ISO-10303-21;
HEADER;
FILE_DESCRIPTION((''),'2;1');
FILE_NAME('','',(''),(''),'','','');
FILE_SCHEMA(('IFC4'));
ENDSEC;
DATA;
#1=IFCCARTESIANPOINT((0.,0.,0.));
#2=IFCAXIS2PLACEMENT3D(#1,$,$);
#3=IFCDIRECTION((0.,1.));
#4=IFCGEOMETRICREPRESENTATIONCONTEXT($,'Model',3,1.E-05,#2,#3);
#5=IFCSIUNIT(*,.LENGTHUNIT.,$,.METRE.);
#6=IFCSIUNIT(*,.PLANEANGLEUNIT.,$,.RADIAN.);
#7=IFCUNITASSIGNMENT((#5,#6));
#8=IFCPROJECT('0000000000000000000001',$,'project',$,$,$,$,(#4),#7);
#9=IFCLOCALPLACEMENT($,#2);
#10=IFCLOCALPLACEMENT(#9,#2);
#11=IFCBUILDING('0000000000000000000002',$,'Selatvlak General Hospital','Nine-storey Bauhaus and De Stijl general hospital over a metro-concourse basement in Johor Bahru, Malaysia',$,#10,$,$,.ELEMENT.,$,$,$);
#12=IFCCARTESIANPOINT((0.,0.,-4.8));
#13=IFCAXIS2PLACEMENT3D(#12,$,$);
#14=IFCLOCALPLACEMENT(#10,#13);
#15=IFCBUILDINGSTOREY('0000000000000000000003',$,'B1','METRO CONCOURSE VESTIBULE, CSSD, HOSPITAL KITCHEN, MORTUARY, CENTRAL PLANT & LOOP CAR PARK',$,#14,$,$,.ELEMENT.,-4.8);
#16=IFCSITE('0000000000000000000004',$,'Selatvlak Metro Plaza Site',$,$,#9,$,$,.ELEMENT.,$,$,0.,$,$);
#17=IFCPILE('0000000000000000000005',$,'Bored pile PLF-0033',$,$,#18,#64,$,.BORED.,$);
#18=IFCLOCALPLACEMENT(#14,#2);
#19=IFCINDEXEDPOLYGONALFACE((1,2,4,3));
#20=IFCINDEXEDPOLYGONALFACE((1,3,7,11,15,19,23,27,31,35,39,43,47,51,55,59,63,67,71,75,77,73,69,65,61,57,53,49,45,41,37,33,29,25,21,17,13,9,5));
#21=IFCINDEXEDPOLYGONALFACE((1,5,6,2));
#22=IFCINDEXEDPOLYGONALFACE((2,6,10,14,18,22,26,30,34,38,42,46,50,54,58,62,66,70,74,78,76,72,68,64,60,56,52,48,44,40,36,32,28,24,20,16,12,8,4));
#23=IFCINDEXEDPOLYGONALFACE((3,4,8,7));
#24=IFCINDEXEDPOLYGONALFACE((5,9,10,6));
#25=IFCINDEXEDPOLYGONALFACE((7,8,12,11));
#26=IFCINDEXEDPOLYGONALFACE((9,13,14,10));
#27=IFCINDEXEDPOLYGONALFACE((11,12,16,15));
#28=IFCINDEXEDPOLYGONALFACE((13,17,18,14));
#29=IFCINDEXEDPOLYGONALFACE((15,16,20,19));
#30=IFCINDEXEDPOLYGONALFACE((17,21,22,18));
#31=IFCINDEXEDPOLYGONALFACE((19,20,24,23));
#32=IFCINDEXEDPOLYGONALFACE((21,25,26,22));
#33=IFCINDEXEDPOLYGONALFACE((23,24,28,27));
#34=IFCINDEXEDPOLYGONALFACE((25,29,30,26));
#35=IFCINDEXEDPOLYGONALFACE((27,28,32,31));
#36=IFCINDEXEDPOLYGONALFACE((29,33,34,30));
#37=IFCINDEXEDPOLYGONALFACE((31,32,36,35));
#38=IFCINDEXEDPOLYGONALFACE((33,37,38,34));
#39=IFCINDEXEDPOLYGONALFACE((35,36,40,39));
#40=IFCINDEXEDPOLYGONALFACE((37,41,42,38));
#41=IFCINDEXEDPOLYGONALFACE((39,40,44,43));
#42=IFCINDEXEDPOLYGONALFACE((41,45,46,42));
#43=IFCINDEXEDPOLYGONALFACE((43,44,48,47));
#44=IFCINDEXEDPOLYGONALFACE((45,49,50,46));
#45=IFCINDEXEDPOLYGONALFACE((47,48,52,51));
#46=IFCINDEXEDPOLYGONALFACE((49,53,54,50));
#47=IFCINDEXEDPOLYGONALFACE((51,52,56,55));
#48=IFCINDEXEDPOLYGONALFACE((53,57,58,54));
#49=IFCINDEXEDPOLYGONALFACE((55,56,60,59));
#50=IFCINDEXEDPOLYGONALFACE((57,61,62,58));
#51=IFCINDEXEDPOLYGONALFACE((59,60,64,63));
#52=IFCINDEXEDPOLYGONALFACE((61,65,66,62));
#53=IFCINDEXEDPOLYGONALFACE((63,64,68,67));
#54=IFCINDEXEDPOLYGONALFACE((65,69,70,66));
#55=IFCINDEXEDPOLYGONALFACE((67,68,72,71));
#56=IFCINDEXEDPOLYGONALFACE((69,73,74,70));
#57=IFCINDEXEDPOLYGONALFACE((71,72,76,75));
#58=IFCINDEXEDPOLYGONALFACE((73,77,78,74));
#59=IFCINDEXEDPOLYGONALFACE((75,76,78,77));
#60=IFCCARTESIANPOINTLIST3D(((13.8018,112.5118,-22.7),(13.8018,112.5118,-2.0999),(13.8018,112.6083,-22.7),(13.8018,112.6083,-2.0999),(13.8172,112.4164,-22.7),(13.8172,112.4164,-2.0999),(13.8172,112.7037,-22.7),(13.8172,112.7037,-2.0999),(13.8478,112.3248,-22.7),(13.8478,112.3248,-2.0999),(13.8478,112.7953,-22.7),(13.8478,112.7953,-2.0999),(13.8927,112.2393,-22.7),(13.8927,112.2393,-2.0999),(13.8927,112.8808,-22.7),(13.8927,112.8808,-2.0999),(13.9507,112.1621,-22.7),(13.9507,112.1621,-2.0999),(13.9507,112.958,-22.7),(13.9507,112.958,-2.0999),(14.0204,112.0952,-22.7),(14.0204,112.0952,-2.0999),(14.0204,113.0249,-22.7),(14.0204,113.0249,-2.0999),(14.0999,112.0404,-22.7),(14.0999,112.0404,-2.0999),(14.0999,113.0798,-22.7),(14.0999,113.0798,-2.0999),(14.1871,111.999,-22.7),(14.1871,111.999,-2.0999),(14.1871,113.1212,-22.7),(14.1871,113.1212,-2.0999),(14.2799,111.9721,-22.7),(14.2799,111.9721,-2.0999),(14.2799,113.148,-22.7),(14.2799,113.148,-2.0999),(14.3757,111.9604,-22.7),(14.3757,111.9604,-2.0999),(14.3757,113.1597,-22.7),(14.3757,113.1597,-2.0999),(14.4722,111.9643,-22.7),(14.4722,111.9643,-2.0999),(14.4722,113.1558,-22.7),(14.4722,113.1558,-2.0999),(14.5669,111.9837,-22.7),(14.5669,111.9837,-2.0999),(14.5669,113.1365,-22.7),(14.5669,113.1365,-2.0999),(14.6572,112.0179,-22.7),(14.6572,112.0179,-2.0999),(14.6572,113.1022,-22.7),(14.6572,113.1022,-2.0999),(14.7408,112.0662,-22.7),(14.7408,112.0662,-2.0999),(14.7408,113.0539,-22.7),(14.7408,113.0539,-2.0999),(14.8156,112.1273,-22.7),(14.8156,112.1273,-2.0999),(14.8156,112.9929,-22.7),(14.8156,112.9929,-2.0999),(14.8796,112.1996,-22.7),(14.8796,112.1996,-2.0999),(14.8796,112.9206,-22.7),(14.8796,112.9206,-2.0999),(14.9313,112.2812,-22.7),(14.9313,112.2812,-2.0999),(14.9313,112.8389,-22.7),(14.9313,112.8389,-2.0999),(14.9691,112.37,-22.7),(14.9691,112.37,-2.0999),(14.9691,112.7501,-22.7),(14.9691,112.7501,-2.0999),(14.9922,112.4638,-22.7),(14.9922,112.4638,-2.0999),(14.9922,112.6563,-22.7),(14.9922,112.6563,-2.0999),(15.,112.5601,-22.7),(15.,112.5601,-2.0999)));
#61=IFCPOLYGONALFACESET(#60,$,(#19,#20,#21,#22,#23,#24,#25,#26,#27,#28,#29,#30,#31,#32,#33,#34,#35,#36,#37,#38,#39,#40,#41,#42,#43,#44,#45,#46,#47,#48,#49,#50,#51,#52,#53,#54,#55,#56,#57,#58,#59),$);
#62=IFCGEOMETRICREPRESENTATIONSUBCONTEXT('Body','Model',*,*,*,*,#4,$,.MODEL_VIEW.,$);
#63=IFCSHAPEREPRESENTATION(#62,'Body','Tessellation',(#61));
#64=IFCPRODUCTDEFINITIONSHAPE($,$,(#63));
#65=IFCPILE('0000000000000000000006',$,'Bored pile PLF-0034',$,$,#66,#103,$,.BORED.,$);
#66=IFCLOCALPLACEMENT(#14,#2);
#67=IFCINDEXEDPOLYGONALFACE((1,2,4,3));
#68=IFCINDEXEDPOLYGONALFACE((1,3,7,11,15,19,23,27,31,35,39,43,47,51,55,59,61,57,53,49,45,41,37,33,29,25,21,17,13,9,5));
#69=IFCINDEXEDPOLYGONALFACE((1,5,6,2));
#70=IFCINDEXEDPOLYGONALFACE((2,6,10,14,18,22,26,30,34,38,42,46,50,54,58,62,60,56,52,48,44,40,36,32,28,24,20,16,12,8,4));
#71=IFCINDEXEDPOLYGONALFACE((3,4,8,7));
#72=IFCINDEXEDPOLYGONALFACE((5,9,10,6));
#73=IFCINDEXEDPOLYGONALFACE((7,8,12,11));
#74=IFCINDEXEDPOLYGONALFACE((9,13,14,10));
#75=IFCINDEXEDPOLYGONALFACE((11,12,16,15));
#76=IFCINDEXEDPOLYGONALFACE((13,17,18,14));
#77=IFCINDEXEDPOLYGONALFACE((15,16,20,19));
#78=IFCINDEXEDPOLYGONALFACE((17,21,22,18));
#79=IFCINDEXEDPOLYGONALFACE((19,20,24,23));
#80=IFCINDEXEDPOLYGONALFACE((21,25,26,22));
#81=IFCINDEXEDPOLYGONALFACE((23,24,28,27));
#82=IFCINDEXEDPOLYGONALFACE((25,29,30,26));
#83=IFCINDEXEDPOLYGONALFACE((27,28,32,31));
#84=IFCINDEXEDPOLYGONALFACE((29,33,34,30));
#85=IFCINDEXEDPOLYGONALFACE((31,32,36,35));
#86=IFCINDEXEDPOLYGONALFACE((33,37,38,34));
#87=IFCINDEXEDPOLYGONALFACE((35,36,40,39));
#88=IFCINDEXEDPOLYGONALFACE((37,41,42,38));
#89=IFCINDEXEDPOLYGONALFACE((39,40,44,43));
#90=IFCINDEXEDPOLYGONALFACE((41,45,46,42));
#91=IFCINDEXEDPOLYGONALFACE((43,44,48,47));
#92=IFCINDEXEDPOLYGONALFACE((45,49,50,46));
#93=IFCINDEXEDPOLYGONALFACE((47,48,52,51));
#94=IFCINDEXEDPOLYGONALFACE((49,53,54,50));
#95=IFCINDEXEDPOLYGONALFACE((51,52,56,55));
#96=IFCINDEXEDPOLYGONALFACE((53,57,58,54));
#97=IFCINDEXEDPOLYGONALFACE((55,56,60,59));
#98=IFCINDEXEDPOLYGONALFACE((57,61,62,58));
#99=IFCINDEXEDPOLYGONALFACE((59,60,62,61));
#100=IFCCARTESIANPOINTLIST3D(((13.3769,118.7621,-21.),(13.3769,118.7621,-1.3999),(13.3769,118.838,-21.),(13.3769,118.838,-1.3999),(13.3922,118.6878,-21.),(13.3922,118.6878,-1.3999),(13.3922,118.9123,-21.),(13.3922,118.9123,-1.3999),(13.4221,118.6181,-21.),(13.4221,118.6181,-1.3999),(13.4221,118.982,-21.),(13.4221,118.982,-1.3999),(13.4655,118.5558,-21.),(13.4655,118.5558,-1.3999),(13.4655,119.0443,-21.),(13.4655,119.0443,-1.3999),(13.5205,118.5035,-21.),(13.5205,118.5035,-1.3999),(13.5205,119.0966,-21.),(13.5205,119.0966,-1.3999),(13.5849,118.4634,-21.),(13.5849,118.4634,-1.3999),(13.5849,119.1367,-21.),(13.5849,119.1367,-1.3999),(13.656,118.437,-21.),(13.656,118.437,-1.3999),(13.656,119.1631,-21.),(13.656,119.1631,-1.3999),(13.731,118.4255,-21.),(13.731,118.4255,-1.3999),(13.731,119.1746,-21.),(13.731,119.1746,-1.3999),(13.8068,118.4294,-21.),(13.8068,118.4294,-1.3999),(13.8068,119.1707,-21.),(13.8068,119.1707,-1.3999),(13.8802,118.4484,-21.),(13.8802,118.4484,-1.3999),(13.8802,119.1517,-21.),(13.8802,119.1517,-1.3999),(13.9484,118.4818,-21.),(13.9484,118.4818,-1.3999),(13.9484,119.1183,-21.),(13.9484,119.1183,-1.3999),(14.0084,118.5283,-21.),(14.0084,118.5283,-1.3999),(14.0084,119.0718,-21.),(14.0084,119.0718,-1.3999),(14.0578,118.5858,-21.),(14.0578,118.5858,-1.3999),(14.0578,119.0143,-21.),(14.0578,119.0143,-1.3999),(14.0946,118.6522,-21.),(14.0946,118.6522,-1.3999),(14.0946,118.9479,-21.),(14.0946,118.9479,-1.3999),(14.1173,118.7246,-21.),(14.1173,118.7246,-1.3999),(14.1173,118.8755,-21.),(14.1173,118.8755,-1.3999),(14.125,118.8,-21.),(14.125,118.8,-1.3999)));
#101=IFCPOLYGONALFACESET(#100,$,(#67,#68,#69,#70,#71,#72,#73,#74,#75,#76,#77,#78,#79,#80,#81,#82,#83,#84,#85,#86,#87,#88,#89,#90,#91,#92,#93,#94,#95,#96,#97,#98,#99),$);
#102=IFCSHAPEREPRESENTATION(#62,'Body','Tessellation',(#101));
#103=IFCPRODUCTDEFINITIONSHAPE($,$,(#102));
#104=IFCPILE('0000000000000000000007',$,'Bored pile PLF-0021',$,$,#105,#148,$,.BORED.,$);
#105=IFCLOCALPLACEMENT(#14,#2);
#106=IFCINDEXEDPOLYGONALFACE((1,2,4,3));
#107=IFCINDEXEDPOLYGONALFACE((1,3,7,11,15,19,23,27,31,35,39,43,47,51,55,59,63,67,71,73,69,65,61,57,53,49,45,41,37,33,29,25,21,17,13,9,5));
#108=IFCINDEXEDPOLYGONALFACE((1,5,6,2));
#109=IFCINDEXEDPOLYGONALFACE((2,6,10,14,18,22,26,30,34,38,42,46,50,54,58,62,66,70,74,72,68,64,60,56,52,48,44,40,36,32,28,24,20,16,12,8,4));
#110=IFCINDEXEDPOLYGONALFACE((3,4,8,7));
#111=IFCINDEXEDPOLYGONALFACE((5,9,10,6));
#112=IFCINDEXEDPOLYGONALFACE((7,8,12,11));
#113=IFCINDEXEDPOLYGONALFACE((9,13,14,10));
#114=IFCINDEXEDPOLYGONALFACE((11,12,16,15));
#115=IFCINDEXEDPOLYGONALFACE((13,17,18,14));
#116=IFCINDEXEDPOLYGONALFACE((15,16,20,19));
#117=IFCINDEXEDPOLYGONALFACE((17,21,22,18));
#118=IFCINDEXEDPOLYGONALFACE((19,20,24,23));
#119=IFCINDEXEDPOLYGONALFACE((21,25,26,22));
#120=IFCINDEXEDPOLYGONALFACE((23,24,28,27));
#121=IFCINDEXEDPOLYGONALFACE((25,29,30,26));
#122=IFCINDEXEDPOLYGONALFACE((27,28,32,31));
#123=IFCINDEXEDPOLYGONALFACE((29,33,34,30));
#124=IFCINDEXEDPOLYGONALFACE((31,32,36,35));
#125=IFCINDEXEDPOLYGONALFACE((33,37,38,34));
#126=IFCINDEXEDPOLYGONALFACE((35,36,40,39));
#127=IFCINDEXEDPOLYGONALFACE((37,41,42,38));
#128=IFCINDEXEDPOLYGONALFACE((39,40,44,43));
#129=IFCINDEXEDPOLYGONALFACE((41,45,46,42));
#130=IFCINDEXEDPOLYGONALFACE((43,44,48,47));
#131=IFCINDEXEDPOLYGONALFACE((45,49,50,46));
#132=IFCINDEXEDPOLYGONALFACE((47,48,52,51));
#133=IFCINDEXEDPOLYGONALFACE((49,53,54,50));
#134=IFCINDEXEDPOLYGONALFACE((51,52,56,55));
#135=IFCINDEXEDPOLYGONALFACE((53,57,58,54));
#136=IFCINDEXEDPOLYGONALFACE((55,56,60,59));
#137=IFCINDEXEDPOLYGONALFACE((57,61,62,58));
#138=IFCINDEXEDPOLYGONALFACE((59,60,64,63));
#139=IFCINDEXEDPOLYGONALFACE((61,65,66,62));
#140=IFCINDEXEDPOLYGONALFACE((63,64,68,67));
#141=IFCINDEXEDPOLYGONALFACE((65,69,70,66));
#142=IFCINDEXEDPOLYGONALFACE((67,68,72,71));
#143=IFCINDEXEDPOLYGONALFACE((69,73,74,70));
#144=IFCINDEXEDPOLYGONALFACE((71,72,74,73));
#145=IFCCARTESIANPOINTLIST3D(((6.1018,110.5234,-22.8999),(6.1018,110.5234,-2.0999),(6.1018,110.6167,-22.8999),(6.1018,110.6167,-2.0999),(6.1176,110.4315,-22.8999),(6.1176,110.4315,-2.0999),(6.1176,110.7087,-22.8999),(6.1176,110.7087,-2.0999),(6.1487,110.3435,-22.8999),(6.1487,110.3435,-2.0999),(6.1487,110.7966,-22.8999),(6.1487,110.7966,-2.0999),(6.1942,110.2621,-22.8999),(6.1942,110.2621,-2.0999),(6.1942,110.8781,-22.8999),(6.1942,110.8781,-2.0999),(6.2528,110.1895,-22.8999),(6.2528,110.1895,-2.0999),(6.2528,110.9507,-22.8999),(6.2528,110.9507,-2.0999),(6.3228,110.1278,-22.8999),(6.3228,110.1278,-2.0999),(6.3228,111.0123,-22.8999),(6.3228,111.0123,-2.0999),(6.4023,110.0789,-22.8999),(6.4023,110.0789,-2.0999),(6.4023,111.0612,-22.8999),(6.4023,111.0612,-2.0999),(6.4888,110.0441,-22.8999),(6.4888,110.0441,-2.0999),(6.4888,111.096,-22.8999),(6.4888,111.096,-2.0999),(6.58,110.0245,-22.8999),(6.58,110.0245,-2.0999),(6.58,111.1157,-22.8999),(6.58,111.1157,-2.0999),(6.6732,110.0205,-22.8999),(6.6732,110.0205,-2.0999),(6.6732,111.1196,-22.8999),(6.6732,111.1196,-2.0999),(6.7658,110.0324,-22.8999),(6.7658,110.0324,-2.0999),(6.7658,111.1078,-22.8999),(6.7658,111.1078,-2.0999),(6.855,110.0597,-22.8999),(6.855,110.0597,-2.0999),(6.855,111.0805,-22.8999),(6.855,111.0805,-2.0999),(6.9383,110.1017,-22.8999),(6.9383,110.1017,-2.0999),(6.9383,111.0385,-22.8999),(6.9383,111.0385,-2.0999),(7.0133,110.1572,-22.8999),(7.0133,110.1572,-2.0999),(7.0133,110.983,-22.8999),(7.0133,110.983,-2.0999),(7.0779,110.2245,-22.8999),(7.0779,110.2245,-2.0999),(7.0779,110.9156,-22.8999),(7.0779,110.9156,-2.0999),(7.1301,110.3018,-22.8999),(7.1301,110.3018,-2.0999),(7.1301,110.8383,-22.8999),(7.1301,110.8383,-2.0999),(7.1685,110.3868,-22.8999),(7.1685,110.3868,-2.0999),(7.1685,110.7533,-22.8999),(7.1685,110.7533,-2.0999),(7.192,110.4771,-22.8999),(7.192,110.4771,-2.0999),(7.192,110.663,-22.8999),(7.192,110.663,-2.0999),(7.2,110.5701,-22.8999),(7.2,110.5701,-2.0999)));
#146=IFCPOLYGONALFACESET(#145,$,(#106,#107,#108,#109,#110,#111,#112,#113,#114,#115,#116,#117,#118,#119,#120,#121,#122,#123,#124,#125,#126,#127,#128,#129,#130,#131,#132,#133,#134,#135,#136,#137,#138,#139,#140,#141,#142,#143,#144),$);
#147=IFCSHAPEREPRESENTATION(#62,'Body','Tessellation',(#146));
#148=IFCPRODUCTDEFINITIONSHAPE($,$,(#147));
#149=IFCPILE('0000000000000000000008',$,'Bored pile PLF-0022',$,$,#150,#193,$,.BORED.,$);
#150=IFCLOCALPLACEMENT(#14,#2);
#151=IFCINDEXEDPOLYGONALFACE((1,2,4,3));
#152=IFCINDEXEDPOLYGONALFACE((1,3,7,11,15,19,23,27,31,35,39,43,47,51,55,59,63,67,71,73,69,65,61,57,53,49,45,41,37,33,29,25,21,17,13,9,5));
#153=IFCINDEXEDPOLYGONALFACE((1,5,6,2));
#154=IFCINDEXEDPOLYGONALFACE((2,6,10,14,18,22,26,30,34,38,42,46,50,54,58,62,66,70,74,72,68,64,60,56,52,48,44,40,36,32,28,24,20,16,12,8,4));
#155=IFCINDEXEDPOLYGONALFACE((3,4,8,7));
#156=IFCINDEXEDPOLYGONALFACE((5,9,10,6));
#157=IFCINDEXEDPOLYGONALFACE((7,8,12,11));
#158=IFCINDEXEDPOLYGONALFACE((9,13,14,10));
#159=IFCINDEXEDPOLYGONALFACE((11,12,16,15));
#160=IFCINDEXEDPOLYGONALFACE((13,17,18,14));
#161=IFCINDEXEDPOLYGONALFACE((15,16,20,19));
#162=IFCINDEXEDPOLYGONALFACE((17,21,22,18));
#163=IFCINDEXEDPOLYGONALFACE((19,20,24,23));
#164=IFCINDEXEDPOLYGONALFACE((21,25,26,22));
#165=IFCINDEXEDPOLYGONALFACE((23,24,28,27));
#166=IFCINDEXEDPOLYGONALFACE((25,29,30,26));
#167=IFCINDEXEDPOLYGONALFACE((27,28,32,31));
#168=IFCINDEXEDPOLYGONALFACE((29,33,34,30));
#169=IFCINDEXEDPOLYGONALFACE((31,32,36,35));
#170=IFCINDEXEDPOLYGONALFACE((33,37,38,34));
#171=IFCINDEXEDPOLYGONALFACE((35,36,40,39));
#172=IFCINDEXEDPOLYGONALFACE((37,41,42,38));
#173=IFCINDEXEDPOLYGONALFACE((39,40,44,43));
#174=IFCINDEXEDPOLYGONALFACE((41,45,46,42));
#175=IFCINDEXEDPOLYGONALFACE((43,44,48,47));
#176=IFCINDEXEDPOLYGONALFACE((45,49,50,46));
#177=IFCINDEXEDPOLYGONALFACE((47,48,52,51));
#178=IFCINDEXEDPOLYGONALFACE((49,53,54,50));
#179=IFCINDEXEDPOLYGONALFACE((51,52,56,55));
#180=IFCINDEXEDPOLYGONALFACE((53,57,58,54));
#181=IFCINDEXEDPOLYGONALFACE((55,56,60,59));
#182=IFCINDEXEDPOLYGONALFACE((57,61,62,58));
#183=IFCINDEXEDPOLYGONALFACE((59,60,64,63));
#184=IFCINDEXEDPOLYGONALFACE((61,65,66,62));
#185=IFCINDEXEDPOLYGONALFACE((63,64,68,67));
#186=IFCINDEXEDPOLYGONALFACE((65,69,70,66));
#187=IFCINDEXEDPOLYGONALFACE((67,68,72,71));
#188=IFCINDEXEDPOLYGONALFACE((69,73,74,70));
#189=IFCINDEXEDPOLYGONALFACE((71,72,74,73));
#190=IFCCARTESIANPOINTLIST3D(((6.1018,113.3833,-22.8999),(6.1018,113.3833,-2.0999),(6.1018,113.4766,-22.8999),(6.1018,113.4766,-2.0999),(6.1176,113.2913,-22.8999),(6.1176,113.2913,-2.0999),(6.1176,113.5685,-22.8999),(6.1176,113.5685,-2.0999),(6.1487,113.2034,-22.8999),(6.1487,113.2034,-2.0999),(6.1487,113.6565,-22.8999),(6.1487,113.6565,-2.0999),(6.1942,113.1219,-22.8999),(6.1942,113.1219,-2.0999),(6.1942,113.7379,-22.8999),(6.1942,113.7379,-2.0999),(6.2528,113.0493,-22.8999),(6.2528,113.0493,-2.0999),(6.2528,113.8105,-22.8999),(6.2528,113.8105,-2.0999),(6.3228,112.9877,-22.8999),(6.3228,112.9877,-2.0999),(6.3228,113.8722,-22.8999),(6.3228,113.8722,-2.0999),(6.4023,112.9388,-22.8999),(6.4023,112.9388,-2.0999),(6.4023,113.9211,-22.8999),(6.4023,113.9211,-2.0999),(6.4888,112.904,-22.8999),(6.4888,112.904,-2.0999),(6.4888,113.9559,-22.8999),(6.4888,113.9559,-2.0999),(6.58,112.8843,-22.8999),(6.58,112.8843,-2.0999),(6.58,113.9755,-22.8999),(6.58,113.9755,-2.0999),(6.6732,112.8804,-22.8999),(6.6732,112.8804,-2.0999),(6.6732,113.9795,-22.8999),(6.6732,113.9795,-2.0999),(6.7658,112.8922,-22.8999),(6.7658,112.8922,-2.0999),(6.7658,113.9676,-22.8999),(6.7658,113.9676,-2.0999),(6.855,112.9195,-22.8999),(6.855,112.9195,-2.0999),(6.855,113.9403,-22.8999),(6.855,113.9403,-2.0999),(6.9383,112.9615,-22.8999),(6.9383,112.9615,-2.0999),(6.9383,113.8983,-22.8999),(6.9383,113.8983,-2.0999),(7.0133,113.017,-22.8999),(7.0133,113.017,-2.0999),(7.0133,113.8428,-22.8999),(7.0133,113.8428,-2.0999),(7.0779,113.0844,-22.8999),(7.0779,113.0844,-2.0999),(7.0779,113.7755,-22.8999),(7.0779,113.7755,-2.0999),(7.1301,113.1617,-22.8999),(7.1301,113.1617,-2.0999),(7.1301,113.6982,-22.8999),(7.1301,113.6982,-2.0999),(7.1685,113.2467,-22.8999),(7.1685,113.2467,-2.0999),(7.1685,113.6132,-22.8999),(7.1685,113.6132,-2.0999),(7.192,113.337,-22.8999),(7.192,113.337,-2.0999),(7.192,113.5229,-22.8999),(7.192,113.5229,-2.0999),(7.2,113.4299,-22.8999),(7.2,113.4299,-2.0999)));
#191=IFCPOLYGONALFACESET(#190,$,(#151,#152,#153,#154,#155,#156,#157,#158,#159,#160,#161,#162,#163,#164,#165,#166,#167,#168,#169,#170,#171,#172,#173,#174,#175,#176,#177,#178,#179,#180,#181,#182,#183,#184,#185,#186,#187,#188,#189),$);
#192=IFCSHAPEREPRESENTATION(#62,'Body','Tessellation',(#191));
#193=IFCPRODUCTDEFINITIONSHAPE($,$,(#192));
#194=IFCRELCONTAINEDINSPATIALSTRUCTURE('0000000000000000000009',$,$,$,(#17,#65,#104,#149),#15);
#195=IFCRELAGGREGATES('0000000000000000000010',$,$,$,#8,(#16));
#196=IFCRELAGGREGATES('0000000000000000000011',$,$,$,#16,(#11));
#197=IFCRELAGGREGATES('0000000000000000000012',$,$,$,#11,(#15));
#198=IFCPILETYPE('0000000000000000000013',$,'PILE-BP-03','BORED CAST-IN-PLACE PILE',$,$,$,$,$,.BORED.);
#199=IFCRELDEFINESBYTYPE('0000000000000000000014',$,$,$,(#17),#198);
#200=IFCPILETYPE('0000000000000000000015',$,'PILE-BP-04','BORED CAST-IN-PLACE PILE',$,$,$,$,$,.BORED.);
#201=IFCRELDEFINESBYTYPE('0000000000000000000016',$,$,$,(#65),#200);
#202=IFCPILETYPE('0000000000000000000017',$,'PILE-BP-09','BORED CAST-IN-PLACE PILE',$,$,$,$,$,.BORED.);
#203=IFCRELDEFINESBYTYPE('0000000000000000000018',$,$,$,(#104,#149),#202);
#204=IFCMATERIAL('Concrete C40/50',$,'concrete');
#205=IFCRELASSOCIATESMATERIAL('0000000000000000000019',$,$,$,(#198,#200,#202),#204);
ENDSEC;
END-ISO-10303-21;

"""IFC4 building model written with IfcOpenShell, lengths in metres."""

from ifc_helpers import new_model, si_unit, direction, frame, origin, origin_2d, place, context, subcontext, project, spatial, circle, extrude, material, material_profile, profile_set, type_object, element, save


model = new_model("IFC4")

# Units and contexts
model_context = context("Model", 3, precision=1e-05, world=origin(), true_north=direction((0.0, 1.0)))
body_context = subcontext(model_context, "Body", "Model", "MODEL_VIEW")
ifc_project = project(units=[si_unit("LENGTHUNIT", "METRE"), si_unit("PLANEANGLEUNIT", "RADIAN")], contexts=[model_context])

# Site, building, storey
site_placement = place(None, origin())
site = spatial("IfcSite", under=ifc_project, at=site_placement, Name="Selatvlak Metro Plaza Site", CompositionType="ELEMENT", RefElevation=0.0)
building_placement = place(site_placement, origin())
building = spatial("IfcBuilding", under=site, at=building_placement, Name="Selatvlak General Hospital", Description="Nine-storey Bauhaus and De Stijl general hospital over a metro-concourse basement in Johor Bahru, Malaysia", CompositionType="ELEMENT")
storey_placement = place(building_placement, frame((0.0, 0.0, -4.8)))
storey = spatial("IfcBuildingStorey", under=building, at=storey_placement, Name="B1", Description="METRO CONCOURSE VESTIBULE, CSSD, HOSPITAL KITCHEN, MORTUARY, CENTRAL PLANT & LOOP CAR PARK", CompositionType="ELEMENT", Elevation=-4.8)

# Shared definitions
ifc_material_1 = material(Name="Concrete C40/50", Category="concrete")

# Piles
ifc_material_profile_1 = material_profile(ifc_material_1, circle(Radius=0.6001, at=origin_2d()), Name="BORED PILE 1200")
ifc_profile_set_1 = profile_set([ifc_material_profile_1], Name="Concrete C40/50")
pile_type_1 = type_object("IfcPileType", Name="PILE-BP-03", Description="BORED CAST-IN-PLACE PILE", PredefinedType="BORED", material=ifc_profile_set_1)
for number, where, z_axis, x_axis, name in (
    (1, (14.3999, 112.5601, -2.0999), (0.0, 0.0, -1.0), (1.0, 0.0, 0.0), "Bored pile PLF-0033"),
):
    element("IfcPile", number, at=place(storey_placement, frame(where, z_axis=z_axis, x_axis=x_axis)), inside=storey, type_object=pile_type_1, Name=name, PredefinedType="BORED", context=body_context, shape_type="SweptSolid", body=[
        extrude(circle(Radius=0.6001, at=origin_2d()), origin(), (0.0, 0.0, 1.0), 20.6001),
    ])
ifc_material_profile_2 = material_profile(ifc_material_1, circle(Radius=0.375, at=origin_2d()), Name="BORED PILE 750")
ifc_profile_set_2 = profile_set([ifc_material_profile_2], Name="Concrete C40/50")
pile_type_2 = type_object("IfcPileType", Name="PILE-BP-04", Description="BORED CAST-IN-PLACE PILE", PredefinedType="BORED", material=ifc_profile_set_2)
pile_1_placement = place(storey_placement, frame((13.75, 118.8, -1.3999), z_axis=(0.0, 0.0, -1.0), x_axis=(1.0, 0.0, 0.0)))
element("IfcPile", 2, at=pile_1_placement, inside=storey, type_object=pile_type_2, Name="Bored pile PLF-0034", PredefinedType="BORED", context=body_context, shape_type="SweptSolid", body=[
    extrude(circle(Radius=0.375, at=origin_2d()), origin(), (0.0, 0.0, 1.0), 19.6001),
])
ifc_material_profile_3 = material_profile(ifc_material_1, circle(Radius=0.55, at=origin_2d()), Name="BORED PILE 1100")
ifc_profile_set_3 = profile_set([ifc_material_profile_3], Name="Concrete C40/50")
pile_type_3 = type_object("IfcPileType", Name="PILE-BP-09", Description="BORED CAST-IN-PLACE PILE", PredefinedType="BORED", material=ifc_profile_set_3)
for number, where, z_axis, x_axis, name in (
    (3, (6.6499, 110.5701, -2.0999), (0.0, 0.0, -1.0), (1.0, 0.0, 0.0), "Bored pile PLF-0021"),
    (4, (6.6499, 113.4299, -2.0999), (0.0, 0.0, -1.0), (1.0, 0.0, 0.0), "Bored pile PLF-0022"),
):
    element("IfcPile", number, at=place(storey_placement, frame(where, z_axis=z_axis, x_axis=x_axis)), inside=storey, type_object=pile_type_3, Name=name, PredefinedType="BORED", context=body_context, shape_type="SweptSolid", body=[
        extrude(circle(Radius=0.55, at=origin_2d()), origin(), (0.0, 0.0, 1.0), 20.8),
    ])

save(model, "model.ifc")
